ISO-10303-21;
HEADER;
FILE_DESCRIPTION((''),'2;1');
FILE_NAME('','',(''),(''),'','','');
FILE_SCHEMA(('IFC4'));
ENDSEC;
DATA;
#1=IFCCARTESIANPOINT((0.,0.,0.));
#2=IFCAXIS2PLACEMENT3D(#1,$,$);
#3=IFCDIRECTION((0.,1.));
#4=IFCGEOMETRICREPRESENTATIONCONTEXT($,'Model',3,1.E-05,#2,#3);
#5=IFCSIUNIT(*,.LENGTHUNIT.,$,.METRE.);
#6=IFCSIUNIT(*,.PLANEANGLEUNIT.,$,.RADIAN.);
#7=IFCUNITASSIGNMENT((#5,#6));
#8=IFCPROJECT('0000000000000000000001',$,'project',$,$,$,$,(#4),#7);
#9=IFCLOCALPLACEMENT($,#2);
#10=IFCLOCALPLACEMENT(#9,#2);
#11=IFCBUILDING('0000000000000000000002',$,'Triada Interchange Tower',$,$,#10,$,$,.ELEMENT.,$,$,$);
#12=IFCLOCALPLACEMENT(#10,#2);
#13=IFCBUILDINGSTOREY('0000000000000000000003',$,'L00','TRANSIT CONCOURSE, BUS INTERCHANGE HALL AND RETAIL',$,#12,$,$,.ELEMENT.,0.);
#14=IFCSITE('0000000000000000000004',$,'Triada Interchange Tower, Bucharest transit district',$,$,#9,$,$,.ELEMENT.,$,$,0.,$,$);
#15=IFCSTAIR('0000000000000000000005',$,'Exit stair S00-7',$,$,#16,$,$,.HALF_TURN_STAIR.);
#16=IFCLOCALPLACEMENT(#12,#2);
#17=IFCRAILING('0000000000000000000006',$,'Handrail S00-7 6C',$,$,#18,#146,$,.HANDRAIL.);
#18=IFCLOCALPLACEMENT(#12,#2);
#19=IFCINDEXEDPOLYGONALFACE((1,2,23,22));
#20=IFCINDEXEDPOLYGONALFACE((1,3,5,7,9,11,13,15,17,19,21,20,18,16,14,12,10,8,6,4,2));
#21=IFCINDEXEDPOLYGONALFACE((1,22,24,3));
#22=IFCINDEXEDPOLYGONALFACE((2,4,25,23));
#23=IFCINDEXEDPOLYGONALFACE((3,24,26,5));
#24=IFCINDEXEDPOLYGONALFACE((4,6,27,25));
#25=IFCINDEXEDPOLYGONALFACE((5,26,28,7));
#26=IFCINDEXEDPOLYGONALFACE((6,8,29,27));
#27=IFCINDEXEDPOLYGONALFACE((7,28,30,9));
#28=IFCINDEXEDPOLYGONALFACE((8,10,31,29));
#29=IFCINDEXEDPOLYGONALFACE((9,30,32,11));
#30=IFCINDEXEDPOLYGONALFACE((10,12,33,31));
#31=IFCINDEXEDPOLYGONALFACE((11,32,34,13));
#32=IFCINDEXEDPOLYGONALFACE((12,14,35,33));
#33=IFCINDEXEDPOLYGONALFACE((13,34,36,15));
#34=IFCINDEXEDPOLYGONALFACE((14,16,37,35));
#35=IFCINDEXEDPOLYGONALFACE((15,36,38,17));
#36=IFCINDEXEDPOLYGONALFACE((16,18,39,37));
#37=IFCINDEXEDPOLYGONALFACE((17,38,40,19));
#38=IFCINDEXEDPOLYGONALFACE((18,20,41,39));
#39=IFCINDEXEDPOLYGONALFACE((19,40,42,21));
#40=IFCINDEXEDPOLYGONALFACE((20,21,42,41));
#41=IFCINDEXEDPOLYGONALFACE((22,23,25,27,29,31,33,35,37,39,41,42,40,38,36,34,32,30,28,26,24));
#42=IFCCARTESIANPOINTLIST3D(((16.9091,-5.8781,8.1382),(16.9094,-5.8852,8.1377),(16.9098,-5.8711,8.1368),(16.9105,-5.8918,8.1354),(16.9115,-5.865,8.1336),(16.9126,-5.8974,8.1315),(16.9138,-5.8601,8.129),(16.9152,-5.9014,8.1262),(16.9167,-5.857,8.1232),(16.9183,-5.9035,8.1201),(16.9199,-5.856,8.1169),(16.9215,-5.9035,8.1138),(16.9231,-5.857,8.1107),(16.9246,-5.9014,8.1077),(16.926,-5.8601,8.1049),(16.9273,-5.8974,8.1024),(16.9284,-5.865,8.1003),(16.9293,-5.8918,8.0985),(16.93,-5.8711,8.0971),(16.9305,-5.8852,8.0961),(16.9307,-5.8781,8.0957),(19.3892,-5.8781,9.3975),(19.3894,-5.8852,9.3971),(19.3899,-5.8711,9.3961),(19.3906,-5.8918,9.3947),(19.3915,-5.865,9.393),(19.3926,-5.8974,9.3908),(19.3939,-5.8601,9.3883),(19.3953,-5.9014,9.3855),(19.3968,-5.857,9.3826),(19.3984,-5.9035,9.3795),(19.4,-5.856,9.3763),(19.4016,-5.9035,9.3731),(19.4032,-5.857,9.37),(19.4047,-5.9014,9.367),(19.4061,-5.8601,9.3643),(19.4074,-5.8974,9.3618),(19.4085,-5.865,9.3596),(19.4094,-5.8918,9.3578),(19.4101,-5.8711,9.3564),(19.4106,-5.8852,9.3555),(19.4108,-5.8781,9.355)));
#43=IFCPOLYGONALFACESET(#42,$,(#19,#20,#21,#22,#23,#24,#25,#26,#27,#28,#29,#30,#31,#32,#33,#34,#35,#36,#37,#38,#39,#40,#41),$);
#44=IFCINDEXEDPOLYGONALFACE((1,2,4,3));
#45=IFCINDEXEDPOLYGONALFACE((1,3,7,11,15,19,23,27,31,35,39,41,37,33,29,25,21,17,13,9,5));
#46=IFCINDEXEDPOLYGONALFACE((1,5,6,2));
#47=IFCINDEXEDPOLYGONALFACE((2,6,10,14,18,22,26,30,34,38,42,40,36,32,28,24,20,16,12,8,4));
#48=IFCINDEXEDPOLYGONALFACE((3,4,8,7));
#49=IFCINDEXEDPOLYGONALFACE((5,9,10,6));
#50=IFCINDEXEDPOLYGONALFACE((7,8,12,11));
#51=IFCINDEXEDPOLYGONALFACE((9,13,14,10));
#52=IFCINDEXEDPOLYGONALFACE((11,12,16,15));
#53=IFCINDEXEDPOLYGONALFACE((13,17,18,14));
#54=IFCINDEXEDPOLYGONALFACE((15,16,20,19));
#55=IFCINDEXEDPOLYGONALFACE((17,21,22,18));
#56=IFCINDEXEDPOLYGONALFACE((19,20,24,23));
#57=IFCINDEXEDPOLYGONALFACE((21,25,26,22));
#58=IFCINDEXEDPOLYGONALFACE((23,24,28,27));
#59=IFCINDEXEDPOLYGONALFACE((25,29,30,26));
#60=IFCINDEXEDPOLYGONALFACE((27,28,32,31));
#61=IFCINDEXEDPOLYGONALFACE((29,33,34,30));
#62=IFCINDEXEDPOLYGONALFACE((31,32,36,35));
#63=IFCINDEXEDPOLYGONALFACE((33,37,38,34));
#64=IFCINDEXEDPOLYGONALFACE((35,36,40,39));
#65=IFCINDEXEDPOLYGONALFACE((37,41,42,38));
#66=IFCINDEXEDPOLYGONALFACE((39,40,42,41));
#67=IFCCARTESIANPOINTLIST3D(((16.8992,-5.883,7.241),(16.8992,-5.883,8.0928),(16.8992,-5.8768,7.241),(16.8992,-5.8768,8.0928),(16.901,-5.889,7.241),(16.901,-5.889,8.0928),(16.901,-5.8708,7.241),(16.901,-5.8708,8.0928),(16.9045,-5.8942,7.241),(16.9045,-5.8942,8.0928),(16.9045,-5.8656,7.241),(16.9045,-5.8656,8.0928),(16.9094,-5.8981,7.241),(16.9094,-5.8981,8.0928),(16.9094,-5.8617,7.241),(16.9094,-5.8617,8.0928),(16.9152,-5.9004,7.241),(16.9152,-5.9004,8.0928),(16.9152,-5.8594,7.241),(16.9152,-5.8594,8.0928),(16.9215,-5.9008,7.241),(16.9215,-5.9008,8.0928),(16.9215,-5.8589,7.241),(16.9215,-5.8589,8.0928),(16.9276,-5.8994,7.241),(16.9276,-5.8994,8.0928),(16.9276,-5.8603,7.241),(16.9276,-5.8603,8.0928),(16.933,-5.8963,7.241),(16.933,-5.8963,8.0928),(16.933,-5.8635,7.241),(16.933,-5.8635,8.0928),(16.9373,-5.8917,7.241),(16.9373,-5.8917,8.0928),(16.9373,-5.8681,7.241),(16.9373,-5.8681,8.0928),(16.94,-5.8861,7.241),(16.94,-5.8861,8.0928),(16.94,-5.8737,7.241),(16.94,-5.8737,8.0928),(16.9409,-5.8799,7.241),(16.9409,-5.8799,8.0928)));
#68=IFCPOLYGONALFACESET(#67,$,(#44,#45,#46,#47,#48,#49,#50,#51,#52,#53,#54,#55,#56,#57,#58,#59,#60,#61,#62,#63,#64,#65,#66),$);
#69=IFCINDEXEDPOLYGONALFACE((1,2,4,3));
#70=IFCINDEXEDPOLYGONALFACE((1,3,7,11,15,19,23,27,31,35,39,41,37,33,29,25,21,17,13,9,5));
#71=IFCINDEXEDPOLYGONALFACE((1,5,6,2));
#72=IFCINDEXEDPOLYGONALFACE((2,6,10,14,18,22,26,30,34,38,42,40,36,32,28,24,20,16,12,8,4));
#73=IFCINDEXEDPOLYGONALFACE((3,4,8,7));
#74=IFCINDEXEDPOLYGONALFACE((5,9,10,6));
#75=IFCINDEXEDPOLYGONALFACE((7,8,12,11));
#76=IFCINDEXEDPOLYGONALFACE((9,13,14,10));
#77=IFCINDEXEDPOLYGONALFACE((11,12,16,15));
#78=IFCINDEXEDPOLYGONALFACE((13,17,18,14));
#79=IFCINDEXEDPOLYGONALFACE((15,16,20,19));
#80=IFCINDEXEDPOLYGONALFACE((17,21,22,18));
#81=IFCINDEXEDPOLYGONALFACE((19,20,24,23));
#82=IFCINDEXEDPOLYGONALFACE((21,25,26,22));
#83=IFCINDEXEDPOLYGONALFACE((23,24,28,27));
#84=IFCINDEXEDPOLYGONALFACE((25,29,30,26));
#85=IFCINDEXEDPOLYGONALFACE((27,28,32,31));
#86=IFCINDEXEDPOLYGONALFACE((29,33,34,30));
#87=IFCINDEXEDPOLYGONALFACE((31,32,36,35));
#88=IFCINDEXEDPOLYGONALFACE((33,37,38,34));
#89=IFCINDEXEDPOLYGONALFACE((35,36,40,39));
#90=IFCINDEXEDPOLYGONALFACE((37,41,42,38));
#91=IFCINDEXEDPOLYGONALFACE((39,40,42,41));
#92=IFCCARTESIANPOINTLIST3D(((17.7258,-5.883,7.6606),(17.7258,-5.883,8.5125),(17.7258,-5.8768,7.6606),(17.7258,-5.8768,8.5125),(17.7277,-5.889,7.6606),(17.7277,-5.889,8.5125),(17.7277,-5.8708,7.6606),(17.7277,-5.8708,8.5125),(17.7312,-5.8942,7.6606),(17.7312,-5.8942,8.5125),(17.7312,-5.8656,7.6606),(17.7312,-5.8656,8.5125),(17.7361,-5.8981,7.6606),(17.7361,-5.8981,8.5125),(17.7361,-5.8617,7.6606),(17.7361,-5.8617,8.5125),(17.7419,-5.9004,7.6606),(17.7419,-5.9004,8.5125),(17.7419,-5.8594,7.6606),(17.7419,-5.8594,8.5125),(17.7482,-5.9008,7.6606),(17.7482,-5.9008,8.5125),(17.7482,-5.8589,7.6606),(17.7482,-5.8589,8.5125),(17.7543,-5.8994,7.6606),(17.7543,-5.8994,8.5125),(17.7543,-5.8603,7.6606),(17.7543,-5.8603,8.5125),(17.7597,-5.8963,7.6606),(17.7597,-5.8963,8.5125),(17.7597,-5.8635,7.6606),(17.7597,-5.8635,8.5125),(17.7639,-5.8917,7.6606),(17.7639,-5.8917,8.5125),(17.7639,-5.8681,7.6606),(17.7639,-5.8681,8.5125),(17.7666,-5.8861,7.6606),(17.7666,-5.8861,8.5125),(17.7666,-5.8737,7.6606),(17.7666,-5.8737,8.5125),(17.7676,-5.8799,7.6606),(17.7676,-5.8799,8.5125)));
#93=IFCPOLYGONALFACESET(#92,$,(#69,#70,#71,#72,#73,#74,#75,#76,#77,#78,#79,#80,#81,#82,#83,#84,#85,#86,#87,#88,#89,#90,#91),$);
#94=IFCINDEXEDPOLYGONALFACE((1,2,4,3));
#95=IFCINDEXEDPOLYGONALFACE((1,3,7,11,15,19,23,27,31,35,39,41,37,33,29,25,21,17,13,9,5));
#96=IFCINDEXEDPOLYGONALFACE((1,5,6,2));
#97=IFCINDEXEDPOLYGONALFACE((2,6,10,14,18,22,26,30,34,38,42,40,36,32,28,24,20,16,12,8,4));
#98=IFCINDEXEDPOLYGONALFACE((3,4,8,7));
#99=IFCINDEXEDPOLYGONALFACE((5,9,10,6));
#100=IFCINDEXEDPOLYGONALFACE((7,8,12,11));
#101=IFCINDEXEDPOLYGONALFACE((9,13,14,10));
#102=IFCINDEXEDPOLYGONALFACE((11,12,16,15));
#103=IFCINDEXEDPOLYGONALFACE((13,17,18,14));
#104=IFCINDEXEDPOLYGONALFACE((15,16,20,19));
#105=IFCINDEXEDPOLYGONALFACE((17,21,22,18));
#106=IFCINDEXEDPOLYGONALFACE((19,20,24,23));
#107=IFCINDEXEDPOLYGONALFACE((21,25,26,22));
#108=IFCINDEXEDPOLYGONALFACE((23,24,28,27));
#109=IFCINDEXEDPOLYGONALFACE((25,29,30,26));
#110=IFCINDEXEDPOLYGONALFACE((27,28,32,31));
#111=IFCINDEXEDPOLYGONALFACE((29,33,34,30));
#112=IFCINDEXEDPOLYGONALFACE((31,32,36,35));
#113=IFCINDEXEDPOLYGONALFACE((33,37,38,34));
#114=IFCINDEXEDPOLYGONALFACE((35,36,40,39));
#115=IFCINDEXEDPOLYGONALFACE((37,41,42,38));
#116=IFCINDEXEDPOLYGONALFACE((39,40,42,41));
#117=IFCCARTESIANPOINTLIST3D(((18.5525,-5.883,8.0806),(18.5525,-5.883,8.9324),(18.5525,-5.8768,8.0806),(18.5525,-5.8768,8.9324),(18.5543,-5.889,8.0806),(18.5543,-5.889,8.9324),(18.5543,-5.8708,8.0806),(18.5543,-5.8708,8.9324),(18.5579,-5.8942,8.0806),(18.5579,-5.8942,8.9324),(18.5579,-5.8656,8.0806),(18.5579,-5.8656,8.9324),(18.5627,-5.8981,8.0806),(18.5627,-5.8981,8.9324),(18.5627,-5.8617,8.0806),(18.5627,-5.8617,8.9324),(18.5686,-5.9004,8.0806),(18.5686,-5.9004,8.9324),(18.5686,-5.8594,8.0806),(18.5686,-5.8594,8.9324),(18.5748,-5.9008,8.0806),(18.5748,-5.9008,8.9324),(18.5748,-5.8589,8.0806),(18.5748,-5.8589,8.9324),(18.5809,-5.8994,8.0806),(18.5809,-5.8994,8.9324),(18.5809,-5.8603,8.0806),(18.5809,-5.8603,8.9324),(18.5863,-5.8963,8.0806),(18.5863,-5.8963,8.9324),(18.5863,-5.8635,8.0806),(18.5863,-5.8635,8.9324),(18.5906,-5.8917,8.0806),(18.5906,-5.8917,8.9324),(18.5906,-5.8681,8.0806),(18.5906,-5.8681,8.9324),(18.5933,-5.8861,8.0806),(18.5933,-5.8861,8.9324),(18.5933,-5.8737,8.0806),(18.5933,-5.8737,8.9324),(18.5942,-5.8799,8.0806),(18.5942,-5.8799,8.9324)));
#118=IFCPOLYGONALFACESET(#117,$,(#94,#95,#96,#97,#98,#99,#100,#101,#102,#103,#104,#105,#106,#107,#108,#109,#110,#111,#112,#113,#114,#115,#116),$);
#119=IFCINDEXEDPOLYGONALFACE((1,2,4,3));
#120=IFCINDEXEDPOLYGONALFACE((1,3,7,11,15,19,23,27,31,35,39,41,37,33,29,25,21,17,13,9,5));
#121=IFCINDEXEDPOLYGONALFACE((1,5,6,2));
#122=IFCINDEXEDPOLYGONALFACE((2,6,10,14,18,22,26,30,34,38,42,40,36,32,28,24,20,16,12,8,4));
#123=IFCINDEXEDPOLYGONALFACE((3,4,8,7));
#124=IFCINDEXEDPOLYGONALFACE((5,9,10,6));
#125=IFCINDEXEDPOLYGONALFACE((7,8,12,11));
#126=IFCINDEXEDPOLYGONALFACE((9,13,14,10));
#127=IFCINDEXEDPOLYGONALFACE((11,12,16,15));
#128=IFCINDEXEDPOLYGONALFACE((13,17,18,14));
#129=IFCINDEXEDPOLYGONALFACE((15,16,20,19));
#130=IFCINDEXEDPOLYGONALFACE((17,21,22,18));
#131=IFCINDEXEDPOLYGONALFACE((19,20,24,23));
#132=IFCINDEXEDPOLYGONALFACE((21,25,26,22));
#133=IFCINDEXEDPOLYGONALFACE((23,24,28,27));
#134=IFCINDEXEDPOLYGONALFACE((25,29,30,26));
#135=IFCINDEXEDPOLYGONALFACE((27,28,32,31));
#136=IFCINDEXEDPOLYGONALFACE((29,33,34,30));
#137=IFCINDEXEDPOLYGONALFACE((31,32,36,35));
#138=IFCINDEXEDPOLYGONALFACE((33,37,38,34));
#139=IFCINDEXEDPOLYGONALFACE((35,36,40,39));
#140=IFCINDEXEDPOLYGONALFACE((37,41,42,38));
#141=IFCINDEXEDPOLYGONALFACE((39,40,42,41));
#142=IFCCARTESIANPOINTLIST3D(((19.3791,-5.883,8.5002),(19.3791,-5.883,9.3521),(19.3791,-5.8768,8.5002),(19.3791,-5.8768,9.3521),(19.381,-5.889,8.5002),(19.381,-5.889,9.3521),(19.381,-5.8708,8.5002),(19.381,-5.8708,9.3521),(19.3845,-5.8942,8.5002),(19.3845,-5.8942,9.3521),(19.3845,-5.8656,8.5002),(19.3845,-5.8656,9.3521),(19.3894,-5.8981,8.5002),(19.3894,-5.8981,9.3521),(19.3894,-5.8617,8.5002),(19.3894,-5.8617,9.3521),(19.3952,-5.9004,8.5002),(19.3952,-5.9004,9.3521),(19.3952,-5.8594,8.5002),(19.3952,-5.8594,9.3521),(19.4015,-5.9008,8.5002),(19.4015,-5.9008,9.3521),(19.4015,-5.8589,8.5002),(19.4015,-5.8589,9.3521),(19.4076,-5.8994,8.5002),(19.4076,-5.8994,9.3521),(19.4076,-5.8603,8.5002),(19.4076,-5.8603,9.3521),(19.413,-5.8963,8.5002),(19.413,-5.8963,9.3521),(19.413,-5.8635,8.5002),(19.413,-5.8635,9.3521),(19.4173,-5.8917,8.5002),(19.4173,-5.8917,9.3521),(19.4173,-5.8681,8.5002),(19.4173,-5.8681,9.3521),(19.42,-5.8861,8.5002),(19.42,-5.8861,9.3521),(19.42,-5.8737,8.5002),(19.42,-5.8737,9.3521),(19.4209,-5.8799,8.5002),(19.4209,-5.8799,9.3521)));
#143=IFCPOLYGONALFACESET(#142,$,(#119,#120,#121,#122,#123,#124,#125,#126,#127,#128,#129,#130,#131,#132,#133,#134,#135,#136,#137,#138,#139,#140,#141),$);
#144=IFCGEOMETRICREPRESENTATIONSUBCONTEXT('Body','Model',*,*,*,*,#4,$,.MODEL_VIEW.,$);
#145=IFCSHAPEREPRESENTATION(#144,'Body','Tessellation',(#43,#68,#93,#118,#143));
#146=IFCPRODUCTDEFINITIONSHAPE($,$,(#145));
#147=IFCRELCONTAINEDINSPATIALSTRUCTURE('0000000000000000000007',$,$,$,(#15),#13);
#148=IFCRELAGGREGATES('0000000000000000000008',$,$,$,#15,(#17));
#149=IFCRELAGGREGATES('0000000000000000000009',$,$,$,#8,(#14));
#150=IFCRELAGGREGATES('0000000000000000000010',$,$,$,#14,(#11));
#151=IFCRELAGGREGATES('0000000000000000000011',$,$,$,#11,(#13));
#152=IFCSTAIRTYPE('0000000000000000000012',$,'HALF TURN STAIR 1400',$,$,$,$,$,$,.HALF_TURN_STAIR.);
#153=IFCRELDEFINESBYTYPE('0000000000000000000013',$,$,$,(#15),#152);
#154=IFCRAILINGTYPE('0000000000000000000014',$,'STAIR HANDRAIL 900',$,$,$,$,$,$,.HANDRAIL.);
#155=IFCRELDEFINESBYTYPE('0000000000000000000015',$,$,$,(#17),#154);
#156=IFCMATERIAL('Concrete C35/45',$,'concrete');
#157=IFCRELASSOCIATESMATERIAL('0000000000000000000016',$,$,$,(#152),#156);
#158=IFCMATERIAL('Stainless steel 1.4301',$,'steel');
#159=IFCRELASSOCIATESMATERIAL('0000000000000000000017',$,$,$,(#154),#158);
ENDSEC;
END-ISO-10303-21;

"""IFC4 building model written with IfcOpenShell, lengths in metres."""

from ifc_helpers import new_model, si_unit, direction, frame, origin, origin_2d, place, context, subcontext, project, spatial, circle, extrude, material, type_object, element, aggregate, save


model = new_model("IFC4")

# Units and contexts
model_context = context("Model", 3, precision=1e-05, world=origin(), true_north=direction((0.0, 1.0)))
body_context = subcontext(model_context, "Body", "Model", "MODEL_VIEW")
ifc_project = project(units=[si_unit("LENGTHUNIT", "METRE"), si_unit("PLANEANGLEUNIT", "RADIAN")], contexts=[model_context])

# Site, building, storey
site_placement = place(None, origin())
site = spatial("IfcSite", under=ifc_project, at=site_placement, Name="Triada Interchange Tower, Bucharest transit district", CompositionType="ELEMENT", RefElevation=0.0)
building_placement = place(site_placement, origin())
building = spatial("IfcBuilding", under=site, at=building_placement, Name="Triada Interchange Tower", CompositionType="ELEMENT")
storey_placement = place(building_placement, origin())
storey = spatial("IfcBuildingStorey", under=building, at=storey_placement, Name="L00", Description="TRANSIT CONCOURSE, BUS INTERCHANGE HALL AND RETAIL", CompositionType="ELEMENT", Elevation=0.0)

# Shared definitions
ifc_material_1 = material(Name="Concrete C35/45", Category="concrete")

# Stair
stair_type = type_object("IfcStairType", Name="HALF TURN STAIR 1400", PredefinedType="HALF_TURN_STAIR", material=ifc_material_1)
stair_1_placement = place(storey_placement, origin())
stair_1 = element("IfcStair", 1, at=stair_1_placement, inside=storey, type_object=stair_type, Name="Exit stair S00-7", PredefinedType="HALF_TURN_STAIR")

# Shared definitions
ifc_material_2 = material(Name="Stainless steel 1.4301", Category="steel")

# Railing
railing_type_1 = type_object("IfcRailingType", Name="STAIR HANDRAIL 900", PredefinedType="HANDRAIL", material=ifc_material_2)
railing_1_placement = place(storey_placement, frame((16.9199, -5.8799, 7.241)))
railing_1 = element("IfcRailing", 2, at=railing_1_placement, type_object=railing_type_1, Name="Handrail S00-7 6C", PredefinedType="HANDRAIL", context=body_context, shape_type="SweptSolid", body=[
    extrude(circle(Radius=0.0239, at=origin_2d()), frame((0.0, 0.0, 0.876), z_axis=(0.891636, 0.0, 0.452752), x_axis=(0.0, 1.0, 0.0)), (0.0, 0.0, 1.0), 2.7815),
    extrude(circle(Radius=0.021, at=origin_2d()), origin(), (0.0, 0.0, 1.0), 0.8518),
    extrude(circle(Radius=0.021, at=origin_2d()), frame((0.8267, 0.0, 0.4197)), (0.0, 0.0, 1.0), 0.8518),
    extrude(circle(Radius=0.021, at=origin_2d()), frame((1.6533, 0.0, 0.8396)), (0.0, 0.0, 1.0), 0.8518),
    extrude(circle(Radius=0.021, at=origin_2d()), frame((2.48, 0.0, 1.2593)), (0.0, 0.0, 1.0), 0.8518),
])
aggregate(stair_1, [railing_1])

save(model, "model.ifc")
